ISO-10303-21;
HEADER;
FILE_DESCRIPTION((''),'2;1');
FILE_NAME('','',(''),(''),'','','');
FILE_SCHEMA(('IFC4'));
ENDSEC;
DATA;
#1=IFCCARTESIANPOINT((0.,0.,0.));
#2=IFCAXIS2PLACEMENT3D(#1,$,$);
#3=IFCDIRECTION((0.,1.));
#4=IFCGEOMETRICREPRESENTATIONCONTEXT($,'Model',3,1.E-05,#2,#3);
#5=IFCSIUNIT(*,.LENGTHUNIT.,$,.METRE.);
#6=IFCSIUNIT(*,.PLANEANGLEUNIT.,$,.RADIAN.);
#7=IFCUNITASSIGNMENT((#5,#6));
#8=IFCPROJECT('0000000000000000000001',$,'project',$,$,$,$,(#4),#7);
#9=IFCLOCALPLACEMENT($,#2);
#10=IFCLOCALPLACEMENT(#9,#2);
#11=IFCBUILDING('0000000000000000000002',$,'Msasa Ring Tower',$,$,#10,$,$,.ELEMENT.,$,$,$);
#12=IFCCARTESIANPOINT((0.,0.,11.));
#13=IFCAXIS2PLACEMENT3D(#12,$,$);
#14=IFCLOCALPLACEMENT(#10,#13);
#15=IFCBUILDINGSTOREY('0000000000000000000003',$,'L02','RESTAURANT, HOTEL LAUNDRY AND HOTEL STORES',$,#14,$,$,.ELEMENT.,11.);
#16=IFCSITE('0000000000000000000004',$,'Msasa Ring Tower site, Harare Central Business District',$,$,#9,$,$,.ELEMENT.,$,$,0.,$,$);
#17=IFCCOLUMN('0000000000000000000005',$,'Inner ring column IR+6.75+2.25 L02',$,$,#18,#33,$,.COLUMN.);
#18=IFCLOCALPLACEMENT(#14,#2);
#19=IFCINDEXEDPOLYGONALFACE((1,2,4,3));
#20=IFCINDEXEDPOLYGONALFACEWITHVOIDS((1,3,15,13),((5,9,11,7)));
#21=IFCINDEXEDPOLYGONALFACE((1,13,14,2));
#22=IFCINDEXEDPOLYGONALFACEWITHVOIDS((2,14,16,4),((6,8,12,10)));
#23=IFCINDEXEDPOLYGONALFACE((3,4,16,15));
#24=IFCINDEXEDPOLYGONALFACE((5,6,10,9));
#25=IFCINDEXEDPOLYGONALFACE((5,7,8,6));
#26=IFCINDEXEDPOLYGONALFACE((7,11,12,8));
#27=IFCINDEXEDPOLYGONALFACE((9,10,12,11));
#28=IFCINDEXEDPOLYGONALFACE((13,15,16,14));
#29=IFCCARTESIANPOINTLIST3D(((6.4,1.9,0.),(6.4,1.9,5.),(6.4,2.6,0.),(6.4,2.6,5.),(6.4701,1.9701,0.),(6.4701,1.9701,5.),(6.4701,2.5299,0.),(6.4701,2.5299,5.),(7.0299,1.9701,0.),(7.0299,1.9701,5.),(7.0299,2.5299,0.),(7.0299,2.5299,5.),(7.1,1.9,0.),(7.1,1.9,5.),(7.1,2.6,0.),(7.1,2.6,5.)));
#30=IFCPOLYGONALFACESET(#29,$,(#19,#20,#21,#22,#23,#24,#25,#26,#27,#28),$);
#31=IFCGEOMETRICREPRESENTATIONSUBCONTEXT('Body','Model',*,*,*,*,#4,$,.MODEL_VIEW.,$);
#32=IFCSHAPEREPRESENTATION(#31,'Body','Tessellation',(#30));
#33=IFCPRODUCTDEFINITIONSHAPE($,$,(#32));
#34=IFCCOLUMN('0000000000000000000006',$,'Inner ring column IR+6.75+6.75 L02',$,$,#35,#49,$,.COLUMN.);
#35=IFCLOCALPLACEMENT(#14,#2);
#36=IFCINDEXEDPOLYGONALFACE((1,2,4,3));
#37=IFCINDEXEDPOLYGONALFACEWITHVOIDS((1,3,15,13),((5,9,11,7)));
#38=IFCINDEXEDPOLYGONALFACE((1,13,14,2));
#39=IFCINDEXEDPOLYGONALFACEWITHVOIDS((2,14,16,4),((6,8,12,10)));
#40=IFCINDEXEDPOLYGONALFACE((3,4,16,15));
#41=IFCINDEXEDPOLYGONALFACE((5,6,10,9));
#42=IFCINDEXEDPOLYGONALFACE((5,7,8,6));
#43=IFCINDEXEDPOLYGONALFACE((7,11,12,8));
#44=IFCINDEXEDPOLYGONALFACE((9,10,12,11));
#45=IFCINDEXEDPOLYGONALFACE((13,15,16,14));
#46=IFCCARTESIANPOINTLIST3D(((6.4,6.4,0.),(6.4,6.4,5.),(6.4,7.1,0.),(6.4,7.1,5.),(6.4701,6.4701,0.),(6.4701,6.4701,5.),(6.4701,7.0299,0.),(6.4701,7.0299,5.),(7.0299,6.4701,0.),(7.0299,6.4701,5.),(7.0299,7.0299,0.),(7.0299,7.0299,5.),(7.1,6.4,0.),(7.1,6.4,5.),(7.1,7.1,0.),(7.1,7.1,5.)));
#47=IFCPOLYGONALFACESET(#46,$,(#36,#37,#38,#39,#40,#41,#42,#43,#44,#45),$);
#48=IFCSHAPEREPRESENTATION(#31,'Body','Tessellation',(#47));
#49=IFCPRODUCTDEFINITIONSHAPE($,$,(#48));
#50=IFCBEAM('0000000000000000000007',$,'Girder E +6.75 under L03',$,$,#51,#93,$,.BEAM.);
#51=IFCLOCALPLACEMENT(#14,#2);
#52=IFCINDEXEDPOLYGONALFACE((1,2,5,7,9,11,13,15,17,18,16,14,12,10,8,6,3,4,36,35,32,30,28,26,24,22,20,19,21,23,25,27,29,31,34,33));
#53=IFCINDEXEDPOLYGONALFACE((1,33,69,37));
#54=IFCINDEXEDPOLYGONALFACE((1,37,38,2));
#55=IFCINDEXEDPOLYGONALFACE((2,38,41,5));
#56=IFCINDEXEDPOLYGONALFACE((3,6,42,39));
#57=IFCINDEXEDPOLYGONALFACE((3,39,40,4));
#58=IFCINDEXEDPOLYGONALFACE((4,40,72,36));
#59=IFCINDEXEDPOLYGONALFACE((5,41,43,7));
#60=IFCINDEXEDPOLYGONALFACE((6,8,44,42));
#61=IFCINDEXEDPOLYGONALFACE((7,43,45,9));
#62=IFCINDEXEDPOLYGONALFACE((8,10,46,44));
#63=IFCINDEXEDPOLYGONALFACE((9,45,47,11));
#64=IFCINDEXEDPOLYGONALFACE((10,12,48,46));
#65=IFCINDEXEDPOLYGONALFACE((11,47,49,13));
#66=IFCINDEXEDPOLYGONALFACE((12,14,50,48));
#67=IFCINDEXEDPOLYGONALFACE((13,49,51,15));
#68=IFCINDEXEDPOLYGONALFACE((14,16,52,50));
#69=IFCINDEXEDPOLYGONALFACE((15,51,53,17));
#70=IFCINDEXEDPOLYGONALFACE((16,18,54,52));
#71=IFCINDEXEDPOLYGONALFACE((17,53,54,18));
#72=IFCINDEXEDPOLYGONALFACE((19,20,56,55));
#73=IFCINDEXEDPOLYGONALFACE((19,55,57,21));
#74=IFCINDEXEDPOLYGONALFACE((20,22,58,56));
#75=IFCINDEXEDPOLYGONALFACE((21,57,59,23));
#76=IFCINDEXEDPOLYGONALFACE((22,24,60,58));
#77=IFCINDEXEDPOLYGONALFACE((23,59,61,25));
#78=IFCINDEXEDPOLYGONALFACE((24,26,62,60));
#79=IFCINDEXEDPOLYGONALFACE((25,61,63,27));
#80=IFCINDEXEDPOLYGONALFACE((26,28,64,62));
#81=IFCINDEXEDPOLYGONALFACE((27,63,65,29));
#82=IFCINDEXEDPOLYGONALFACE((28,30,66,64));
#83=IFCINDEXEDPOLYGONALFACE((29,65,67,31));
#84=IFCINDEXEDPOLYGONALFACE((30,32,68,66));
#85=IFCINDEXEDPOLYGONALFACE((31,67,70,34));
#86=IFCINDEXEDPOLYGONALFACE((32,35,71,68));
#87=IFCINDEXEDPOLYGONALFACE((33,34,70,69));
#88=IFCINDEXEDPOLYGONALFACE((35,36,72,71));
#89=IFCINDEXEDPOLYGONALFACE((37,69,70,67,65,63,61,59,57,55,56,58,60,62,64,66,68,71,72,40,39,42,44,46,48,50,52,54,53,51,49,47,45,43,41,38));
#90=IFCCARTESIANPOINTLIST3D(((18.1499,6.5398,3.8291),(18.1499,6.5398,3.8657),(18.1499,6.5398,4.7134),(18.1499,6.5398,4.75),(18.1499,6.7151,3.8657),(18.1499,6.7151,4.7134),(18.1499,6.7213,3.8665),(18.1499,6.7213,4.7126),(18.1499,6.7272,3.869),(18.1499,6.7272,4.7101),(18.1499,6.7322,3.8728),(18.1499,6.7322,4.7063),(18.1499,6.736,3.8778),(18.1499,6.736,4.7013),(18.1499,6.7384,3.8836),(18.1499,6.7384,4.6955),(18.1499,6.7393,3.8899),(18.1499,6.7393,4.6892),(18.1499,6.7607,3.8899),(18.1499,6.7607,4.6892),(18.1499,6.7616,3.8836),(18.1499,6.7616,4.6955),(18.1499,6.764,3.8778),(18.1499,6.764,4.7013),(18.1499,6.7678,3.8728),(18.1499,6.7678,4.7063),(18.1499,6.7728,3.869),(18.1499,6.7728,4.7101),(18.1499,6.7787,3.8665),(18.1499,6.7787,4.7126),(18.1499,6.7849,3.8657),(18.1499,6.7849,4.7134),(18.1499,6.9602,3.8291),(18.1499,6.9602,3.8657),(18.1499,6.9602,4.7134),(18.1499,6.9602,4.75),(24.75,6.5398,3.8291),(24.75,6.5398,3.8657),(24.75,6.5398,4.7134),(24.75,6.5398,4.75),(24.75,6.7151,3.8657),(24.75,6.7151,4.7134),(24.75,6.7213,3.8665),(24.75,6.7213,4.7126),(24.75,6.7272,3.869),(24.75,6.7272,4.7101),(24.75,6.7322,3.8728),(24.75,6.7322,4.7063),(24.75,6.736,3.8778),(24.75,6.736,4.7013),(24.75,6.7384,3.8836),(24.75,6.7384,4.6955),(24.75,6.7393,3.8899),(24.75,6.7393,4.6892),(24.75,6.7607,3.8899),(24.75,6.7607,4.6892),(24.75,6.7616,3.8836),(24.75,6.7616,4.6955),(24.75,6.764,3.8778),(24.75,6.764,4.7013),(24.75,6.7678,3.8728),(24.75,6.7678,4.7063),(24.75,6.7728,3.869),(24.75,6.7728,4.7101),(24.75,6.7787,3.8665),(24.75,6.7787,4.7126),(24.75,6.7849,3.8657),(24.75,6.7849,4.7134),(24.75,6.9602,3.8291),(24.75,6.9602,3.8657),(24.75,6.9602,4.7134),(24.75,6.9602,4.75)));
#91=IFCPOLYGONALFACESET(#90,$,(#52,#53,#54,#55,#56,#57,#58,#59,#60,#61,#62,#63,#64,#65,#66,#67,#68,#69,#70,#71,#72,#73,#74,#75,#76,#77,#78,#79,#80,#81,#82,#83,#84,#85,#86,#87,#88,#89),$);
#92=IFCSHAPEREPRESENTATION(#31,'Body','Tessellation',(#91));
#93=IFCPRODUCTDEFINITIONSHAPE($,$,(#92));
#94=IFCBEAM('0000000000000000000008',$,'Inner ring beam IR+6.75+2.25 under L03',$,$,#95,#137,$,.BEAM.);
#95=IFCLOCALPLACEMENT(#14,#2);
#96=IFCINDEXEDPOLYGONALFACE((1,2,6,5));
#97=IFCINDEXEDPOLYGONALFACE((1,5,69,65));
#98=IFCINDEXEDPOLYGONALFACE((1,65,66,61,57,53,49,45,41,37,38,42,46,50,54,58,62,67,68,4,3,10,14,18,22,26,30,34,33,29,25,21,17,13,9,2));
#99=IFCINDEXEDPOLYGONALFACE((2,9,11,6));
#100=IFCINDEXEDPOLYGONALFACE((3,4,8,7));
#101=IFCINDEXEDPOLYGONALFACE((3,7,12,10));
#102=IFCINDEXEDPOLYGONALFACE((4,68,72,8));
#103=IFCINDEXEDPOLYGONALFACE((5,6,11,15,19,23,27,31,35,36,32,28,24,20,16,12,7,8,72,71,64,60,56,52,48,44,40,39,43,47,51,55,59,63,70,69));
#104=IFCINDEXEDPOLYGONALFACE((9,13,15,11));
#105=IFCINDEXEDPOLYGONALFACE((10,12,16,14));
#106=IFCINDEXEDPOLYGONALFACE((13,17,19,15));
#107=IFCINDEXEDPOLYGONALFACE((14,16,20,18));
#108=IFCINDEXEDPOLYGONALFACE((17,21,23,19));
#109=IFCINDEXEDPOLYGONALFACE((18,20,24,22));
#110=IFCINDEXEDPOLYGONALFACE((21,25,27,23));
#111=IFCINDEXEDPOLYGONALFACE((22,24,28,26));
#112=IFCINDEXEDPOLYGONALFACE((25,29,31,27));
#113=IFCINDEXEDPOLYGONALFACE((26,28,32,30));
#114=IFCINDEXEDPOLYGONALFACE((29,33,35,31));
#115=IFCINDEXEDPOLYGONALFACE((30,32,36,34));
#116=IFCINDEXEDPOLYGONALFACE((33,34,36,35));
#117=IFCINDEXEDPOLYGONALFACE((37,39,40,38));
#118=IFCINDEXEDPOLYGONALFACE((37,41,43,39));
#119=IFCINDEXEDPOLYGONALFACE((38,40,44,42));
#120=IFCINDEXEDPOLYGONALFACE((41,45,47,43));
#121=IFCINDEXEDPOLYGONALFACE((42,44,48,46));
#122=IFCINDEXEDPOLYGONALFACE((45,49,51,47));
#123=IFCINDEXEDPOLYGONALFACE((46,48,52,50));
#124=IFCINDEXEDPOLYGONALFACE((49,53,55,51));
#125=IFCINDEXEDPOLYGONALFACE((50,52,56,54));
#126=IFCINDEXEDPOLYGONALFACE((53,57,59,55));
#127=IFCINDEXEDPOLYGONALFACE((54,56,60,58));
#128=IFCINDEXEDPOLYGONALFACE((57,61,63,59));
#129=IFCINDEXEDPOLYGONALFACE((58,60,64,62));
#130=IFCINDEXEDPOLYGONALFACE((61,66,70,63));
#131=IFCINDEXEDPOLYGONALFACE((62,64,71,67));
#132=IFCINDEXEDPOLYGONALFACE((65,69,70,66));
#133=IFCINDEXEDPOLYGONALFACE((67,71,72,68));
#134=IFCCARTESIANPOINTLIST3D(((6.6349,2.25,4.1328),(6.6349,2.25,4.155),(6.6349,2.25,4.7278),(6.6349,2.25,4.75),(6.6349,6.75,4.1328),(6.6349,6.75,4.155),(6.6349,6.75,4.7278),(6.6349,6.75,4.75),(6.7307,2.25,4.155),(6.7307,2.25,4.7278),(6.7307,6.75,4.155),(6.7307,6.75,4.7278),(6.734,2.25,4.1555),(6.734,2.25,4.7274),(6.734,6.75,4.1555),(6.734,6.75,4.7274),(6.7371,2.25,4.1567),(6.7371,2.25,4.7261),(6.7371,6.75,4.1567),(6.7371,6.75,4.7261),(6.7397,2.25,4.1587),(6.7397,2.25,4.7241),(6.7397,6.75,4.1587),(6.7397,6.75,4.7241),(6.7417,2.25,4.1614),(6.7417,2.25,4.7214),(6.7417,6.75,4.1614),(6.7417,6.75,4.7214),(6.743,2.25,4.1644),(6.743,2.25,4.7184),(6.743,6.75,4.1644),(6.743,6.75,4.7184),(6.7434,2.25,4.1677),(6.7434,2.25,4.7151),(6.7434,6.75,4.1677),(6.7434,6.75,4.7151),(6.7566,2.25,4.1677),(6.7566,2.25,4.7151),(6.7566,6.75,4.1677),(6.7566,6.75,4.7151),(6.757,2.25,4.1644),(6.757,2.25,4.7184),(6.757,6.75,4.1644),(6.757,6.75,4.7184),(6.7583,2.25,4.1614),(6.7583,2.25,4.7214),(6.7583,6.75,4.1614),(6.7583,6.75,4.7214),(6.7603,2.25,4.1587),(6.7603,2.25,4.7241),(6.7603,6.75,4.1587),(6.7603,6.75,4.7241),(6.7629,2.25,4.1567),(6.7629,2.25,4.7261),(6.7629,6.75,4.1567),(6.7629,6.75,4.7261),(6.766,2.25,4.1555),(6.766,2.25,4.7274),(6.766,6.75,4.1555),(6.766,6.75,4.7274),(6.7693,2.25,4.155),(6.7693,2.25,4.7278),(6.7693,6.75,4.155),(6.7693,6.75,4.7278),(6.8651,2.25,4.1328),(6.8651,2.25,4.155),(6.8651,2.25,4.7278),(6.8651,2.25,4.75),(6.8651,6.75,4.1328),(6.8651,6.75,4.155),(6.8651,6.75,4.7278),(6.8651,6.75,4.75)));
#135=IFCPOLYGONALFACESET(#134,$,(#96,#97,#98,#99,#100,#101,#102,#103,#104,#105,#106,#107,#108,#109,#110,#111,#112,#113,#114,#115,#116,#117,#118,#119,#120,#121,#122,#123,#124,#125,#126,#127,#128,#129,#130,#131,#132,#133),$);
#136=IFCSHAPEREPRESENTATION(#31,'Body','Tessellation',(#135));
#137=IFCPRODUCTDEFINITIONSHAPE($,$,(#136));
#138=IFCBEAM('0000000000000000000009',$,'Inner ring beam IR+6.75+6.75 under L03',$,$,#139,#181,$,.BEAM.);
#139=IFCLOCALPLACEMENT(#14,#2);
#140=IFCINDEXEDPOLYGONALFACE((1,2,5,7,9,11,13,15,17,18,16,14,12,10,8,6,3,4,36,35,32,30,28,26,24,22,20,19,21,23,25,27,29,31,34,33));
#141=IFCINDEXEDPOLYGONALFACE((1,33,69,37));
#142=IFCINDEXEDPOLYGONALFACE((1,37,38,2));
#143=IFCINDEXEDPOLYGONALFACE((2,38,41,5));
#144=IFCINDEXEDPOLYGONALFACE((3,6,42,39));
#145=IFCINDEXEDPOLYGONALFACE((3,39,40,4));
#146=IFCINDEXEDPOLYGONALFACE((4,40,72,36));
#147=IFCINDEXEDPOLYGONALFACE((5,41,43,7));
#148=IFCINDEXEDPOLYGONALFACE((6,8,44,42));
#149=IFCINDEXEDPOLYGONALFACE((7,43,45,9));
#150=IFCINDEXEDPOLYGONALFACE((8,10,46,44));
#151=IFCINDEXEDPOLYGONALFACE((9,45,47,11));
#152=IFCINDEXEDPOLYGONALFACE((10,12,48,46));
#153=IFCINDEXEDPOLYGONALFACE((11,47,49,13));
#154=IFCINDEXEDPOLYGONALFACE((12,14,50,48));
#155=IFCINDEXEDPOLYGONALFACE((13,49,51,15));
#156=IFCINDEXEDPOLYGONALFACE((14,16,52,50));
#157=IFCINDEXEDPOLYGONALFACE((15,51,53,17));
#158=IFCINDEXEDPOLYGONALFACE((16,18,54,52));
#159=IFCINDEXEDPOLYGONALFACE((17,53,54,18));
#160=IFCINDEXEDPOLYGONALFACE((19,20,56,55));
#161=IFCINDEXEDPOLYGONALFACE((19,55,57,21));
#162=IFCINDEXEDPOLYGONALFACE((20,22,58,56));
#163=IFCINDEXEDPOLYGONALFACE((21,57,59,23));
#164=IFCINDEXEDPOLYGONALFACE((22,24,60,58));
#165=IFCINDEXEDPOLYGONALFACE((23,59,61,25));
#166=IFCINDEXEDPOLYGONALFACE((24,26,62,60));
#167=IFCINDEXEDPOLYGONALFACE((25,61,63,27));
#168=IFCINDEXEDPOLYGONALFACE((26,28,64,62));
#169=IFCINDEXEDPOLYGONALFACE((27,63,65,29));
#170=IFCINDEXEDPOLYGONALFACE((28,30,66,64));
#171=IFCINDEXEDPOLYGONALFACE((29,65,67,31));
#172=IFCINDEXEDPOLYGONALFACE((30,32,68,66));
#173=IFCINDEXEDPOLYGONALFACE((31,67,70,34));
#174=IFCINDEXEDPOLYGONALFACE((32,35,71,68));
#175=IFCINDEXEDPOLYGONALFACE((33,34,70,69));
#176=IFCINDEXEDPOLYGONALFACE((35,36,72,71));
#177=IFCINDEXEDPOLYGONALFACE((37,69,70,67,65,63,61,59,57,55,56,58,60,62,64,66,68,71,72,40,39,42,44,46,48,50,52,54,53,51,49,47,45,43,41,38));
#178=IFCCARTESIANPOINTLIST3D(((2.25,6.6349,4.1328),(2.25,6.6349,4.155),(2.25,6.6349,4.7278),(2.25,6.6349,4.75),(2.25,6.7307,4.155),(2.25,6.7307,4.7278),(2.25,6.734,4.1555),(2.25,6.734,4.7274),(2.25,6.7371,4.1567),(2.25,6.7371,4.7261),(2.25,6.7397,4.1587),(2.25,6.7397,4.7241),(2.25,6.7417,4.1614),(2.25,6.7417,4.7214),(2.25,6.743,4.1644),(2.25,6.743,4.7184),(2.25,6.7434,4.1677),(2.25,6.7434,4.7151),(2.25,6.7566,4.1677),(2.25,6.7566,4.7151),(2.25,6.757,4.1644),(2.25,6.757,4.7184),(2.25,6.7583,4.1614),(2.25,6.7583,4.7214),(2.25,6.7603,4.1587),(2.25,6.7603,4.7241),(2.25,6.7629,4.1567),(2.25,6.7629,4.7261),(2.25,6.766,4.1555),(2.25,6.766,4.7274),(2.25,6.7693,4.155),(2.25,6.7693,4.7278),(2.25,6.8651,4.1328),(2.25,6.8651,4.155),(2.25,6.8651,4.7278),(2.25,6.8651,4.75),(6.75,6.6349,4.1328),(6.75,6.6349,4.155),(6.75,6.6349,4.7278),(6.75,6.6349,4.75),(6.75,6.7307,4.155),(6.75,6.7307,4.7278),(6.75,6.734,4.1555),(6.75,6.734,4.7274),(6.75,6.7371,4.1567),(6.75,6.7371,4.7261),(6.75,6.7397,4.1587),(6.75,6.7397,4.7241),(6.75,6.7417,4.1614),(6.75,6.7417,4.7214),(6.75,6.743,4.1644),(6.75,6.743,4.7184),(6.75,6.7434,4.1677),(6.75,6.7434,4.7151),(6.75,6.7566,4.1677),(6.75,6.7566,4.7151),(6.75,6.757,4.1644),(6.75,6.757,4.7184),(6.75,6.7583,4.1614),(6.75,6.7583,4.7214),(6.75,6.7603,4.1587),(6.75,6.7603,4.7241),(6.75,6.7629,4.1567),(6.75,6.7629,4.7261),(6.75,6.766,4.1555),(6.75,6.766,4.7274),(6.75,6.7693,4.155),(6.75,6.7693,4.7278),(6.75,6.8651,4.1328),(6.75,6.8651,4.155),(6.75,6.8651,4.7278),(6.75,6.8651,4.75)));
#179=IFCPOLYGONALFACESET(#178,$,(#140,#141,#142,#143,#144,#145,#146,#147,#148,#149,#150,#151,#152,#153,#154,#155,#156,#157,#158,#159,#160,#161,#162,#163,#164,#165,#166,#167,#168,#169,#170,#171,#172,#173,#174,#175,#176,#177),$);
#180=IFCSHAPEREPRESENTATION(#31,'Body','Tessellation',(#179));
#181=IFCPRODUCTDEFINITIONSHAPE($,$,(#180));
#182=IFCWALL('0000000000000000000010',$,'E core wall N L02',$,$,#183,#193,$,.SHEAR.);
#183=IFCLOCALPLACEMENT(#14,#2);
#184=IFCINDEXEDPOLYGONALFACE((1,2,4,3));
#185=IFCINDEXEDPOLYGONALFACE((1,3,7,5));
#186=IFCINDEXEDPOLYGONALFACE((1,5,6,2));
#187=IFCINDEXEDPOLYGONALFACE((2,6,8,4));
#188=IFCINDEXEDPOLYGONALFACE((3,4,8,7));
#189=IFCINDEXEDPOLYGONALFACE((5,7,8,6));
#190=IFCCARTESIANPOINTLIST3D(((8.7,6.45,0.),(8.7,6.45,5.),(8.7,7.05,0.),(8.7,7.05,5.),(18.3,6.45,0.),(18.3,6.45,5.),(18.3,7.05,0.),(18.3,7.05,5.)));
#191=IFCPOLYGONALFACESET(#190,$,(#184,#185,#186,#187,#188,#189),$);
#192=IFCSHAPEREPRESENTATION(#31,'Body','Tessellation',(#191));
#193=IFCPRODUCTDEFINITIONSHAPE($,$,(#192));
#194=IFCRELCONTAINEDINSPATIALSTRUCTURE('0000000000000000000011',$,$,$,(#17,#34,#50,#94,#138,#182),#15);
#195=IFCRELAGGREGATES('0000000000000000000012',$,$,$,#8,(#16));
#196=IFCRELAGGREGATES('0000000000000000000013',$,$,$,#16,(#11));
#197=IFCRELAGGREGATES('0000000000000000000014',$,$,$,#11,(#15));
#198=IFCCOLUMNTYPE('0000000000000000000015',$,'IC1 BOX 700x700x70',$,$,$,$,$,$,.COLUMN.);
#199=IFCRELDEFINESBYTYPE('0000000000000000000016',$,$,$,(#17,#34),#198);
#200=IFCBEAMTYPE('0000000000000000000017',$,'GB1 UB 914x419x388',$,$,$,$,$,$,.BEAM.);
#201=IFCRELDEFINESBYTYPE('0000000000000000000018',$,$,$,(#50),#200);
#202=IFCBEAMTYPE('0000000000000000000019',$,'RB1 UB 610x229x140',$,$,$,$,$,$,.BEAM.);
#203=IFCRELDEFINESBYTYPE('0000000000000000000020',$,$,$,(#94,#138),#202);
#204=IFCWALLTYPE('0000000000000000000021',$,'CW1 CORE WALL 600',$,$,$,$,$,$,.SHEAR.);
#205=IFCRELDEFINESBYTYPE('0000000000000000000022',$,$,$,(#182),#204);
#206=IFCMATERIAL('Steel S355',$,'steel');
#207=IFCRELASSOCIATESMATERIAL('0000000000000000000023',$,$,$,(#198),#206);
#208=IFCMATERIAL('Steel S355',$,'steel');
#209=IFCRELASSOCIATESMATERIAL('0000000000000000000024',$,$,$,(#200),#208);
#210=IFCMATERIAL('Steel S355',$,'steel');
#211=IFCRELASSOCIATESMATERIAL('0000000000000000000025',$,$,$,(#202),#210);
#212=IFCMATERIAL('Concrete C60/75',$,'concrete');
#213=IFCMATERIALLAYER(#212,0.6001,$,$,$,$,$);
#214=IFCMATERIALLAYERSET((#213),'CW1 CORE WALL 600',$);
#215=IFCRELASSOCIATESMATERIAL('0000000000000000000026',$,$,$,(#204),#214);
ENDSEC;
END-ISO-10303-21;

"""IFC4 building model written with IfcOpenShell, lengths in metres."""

from ifc_helpers import new_model, si_unit, direction, frame, frame_2d, origin, origin_2d, place, context, subcontext, project, spatial, rectangle, hollow_rectangle, i_section, extrude, material, layer, layer_set, material_profile, profile_set, type_object, element, save


model = new_model("IFC4")

# Units and contexts
model_context = context("Model", 3, precision=1e-05, world=origin(), true_north=direction((0.0, 1.0)))
body_context = subcontext(model_context, "Body", "Model", "MODEL_VIEW")
ifc_project = project(units=[si_unit("LENGTHUNIT", "METRE"), si_unit("PLANEANGLEUNIT", "RADIAN")], contexts=[model_context])

# Site, building, storey
site_placement = place(None, origin())
site = spatial("IfcSite", under=ifc_project, at=site_placement, Name="Msasa Ring Tower site, Harare Central Business District", CompositionType="ELEMENT", RefElevation=0.0)
building_placement = place(site_placement, origin())
building = spatial("IfcBuilding", under=site, at=building_placement, Name="Msasa Ring Tower", CompositionType="ELEMENT")
storey_placement = place(building_placement, frame((0.0, 0.0, 11.0)))
storey = spatial("IfcBuildingStorey", under=building, at=storey_placement, Name="L02", Description="RESTAURANT, HOTEL LAUNDRY AND HOTEL STORES", CompositionType="ELEMENT", Elevation=11.0)

# Columns
ifc_material_1 = material(Name="Steel S355", Category="steel")
ifc_material_profile_1 = material_profile(ifc_material_1, hollow_rectangle(XDim=0.7, YDim=0.7, WallThickness=0.0701, at=origin_2d()), Name="BOX 700x700x70")
ifc_profile_set_1 = profile_set([ifc_material_profile_1], Name="Steel S355")
column_type = type_object("IfcColumnType", Name="IC1 BOX 700x700x70", PredefinedType="COLUMN", material=ifc_profile_set_1)
for number, where, z_axis, x_axis, name in (
    (1, (6.75, 2.25, 0.0), (0.0, 0.0, 1.0), (1.0, 0.0, 0.0), "Inner ring column IR+6.75+2.25 L02"),
    (2, (6.75, 6.75, 0.0), (0.0, 0.0, 1.0), (1.0, 0.0, 0.0), "Inner ring column IR+6.75+6.75 L02"),
):
    element("IfcColumn", number, at=place(storey_placement, frame(where, z_axis=z_axis, x_axis=x_axis)), inside=storey, type_object=column_type, Name=name, PredefinedType="COLUMN", context=body_context, shape_type="SweptSolid", body=[
        extrude(hollow_rectangle(XDim=0.7, YDim=0.7, WallThickness=0.0701, at=origin_2d()), origin(), (0.0, 0.0, 1.0), 5.0),
    ])

# Beams
ifc_material_2 = material(Name="Steel S355", Category="steel")
ifc_material_profile_2 = material_profile(ifc_material_2, i_section(OverallWidth=0.4204, OverallDepth=0.9209, WebThickness=0.0215, FlangeThickness=0.0366, FilletRadius=0.0242, at=origin_2d()), Name="UB 914x419x388")
ifc_profile_set_2 = profile_set([ifc_material_profile_2], Name="Steel S355")
beam_type_1 = type_object("IfcBeamType", Name="GB1 UB 914x419x388", PredefinedType="BEAM", material=ifc_profile_set_2)
beam_placement = place(storey_placement, frame((18.1499, 6.75, 4.2896), z_axis=(1.0, 0.0, 0.0), x_axis=(0.0, 1.0, 0.0)))
element("IfcBeam", 3, at=beam_placement, inside=storey, type_object=beam_type_1, Name="Girder E +6.75 under L03", PredefinedType="BEAM", context=body_context, shape_type="SweptSolid", body=[
    extrude(i_section(OverallWidth=0.4204, OverallDepth=0.9209, WebThickness=0.0215, FlangeThickness=0.0366, FilletRadius=0.0242, at=origin_2d()), origin(), (0.0, 0.0, 1.0), 6.6001),
])
ifc_material_3 = material(Name="Steel S355", Category="steel")
ifc_material_profile_3 = material_profile(ifc_material_3, i_section(OverallWidth=0.2302, OverallDepth=0.6172, WebThickness=0.0132, FlangeThickness=0.0222, FilletRadius=0.0127, at=origin_2d()), Name="UB 610x229x140")
ifc_profile_set_3 = profile_set([ifc_material_profile_3], Name="Steel S355")
beam_type_2 = type_object("IfcBeamType", Name="RB1 UB 610x229x140", PredefinedType="BEAM", material=ifc_profile_set_3)
for number, where, z_axis, x_axis, name in (
    (4, (6.75, 2.25, 4.4414), (0.0, 1.0, 0.0), (-1.0, 0.0, 0.0), "Inner ring beam IR+6.75+2.25 under L03"),
    (5, (6.75, 6.75, 4.4414), (-1.0, 0.0, 0.0), (0.0, -1.0, 0.0), "Inner ring beam IR+6.75+6.75 under L03"),
):
    element("IfcBeam", number, at=place(storey_placement, frame(where, z_axis=z_axis, x_axis=x_axis)), inside=storey, type_object=beam_type_2, Name=name, PredefinedType="BEAM", context=body_context, shape_type="SweptSolid", body=[
        extrude(i_section(OverallWidth=0.2302, OverallDepth=0.6172, WebThickness=0.0132, FlangeThickness=0.0222, FilletRadius=0.0127, at=origin_2d()), origin(), (0.0, 0.0, 1.0), 4.5),
    ])

# Wall
ifc_material_4 = material(Name="Concrete C60/75", Category="concrete")
ifc_layer_1 = layer(ifc_material_4, 0.6001)
ifc_layer_set_1 = layer_set([ifc_layer_1], Name="CW1 CORE WALL 600")
wall_type_1 = type_object("IfcWallType", Name="CW1 CORE WALL 600", PredefinedType="SHEAR", material=ifc_layer_set_1)
wall_1_placement = place(storey_placement, frame((8.7, 6.75, 0.0), z_axis=(0.0, 0.0, 1.0), x_axis=(1.0, 0.0, 0.0)))
element("IfcWall", 6, at=wall_1_placement, inside=storey, type_object=wall_type_1, Name="E core wall N L02", PredefinedType="SHEAR", context=body_context, shape_type="SweptSolid", body=[
    extrude(rectangle(XDim=9.6001, YDim=0.6001, at=frame_2d((4.8, 0.0))), origin(), (0.0, 0.0, 1.0), 5.0),
])

save(model, "model.ifc")
